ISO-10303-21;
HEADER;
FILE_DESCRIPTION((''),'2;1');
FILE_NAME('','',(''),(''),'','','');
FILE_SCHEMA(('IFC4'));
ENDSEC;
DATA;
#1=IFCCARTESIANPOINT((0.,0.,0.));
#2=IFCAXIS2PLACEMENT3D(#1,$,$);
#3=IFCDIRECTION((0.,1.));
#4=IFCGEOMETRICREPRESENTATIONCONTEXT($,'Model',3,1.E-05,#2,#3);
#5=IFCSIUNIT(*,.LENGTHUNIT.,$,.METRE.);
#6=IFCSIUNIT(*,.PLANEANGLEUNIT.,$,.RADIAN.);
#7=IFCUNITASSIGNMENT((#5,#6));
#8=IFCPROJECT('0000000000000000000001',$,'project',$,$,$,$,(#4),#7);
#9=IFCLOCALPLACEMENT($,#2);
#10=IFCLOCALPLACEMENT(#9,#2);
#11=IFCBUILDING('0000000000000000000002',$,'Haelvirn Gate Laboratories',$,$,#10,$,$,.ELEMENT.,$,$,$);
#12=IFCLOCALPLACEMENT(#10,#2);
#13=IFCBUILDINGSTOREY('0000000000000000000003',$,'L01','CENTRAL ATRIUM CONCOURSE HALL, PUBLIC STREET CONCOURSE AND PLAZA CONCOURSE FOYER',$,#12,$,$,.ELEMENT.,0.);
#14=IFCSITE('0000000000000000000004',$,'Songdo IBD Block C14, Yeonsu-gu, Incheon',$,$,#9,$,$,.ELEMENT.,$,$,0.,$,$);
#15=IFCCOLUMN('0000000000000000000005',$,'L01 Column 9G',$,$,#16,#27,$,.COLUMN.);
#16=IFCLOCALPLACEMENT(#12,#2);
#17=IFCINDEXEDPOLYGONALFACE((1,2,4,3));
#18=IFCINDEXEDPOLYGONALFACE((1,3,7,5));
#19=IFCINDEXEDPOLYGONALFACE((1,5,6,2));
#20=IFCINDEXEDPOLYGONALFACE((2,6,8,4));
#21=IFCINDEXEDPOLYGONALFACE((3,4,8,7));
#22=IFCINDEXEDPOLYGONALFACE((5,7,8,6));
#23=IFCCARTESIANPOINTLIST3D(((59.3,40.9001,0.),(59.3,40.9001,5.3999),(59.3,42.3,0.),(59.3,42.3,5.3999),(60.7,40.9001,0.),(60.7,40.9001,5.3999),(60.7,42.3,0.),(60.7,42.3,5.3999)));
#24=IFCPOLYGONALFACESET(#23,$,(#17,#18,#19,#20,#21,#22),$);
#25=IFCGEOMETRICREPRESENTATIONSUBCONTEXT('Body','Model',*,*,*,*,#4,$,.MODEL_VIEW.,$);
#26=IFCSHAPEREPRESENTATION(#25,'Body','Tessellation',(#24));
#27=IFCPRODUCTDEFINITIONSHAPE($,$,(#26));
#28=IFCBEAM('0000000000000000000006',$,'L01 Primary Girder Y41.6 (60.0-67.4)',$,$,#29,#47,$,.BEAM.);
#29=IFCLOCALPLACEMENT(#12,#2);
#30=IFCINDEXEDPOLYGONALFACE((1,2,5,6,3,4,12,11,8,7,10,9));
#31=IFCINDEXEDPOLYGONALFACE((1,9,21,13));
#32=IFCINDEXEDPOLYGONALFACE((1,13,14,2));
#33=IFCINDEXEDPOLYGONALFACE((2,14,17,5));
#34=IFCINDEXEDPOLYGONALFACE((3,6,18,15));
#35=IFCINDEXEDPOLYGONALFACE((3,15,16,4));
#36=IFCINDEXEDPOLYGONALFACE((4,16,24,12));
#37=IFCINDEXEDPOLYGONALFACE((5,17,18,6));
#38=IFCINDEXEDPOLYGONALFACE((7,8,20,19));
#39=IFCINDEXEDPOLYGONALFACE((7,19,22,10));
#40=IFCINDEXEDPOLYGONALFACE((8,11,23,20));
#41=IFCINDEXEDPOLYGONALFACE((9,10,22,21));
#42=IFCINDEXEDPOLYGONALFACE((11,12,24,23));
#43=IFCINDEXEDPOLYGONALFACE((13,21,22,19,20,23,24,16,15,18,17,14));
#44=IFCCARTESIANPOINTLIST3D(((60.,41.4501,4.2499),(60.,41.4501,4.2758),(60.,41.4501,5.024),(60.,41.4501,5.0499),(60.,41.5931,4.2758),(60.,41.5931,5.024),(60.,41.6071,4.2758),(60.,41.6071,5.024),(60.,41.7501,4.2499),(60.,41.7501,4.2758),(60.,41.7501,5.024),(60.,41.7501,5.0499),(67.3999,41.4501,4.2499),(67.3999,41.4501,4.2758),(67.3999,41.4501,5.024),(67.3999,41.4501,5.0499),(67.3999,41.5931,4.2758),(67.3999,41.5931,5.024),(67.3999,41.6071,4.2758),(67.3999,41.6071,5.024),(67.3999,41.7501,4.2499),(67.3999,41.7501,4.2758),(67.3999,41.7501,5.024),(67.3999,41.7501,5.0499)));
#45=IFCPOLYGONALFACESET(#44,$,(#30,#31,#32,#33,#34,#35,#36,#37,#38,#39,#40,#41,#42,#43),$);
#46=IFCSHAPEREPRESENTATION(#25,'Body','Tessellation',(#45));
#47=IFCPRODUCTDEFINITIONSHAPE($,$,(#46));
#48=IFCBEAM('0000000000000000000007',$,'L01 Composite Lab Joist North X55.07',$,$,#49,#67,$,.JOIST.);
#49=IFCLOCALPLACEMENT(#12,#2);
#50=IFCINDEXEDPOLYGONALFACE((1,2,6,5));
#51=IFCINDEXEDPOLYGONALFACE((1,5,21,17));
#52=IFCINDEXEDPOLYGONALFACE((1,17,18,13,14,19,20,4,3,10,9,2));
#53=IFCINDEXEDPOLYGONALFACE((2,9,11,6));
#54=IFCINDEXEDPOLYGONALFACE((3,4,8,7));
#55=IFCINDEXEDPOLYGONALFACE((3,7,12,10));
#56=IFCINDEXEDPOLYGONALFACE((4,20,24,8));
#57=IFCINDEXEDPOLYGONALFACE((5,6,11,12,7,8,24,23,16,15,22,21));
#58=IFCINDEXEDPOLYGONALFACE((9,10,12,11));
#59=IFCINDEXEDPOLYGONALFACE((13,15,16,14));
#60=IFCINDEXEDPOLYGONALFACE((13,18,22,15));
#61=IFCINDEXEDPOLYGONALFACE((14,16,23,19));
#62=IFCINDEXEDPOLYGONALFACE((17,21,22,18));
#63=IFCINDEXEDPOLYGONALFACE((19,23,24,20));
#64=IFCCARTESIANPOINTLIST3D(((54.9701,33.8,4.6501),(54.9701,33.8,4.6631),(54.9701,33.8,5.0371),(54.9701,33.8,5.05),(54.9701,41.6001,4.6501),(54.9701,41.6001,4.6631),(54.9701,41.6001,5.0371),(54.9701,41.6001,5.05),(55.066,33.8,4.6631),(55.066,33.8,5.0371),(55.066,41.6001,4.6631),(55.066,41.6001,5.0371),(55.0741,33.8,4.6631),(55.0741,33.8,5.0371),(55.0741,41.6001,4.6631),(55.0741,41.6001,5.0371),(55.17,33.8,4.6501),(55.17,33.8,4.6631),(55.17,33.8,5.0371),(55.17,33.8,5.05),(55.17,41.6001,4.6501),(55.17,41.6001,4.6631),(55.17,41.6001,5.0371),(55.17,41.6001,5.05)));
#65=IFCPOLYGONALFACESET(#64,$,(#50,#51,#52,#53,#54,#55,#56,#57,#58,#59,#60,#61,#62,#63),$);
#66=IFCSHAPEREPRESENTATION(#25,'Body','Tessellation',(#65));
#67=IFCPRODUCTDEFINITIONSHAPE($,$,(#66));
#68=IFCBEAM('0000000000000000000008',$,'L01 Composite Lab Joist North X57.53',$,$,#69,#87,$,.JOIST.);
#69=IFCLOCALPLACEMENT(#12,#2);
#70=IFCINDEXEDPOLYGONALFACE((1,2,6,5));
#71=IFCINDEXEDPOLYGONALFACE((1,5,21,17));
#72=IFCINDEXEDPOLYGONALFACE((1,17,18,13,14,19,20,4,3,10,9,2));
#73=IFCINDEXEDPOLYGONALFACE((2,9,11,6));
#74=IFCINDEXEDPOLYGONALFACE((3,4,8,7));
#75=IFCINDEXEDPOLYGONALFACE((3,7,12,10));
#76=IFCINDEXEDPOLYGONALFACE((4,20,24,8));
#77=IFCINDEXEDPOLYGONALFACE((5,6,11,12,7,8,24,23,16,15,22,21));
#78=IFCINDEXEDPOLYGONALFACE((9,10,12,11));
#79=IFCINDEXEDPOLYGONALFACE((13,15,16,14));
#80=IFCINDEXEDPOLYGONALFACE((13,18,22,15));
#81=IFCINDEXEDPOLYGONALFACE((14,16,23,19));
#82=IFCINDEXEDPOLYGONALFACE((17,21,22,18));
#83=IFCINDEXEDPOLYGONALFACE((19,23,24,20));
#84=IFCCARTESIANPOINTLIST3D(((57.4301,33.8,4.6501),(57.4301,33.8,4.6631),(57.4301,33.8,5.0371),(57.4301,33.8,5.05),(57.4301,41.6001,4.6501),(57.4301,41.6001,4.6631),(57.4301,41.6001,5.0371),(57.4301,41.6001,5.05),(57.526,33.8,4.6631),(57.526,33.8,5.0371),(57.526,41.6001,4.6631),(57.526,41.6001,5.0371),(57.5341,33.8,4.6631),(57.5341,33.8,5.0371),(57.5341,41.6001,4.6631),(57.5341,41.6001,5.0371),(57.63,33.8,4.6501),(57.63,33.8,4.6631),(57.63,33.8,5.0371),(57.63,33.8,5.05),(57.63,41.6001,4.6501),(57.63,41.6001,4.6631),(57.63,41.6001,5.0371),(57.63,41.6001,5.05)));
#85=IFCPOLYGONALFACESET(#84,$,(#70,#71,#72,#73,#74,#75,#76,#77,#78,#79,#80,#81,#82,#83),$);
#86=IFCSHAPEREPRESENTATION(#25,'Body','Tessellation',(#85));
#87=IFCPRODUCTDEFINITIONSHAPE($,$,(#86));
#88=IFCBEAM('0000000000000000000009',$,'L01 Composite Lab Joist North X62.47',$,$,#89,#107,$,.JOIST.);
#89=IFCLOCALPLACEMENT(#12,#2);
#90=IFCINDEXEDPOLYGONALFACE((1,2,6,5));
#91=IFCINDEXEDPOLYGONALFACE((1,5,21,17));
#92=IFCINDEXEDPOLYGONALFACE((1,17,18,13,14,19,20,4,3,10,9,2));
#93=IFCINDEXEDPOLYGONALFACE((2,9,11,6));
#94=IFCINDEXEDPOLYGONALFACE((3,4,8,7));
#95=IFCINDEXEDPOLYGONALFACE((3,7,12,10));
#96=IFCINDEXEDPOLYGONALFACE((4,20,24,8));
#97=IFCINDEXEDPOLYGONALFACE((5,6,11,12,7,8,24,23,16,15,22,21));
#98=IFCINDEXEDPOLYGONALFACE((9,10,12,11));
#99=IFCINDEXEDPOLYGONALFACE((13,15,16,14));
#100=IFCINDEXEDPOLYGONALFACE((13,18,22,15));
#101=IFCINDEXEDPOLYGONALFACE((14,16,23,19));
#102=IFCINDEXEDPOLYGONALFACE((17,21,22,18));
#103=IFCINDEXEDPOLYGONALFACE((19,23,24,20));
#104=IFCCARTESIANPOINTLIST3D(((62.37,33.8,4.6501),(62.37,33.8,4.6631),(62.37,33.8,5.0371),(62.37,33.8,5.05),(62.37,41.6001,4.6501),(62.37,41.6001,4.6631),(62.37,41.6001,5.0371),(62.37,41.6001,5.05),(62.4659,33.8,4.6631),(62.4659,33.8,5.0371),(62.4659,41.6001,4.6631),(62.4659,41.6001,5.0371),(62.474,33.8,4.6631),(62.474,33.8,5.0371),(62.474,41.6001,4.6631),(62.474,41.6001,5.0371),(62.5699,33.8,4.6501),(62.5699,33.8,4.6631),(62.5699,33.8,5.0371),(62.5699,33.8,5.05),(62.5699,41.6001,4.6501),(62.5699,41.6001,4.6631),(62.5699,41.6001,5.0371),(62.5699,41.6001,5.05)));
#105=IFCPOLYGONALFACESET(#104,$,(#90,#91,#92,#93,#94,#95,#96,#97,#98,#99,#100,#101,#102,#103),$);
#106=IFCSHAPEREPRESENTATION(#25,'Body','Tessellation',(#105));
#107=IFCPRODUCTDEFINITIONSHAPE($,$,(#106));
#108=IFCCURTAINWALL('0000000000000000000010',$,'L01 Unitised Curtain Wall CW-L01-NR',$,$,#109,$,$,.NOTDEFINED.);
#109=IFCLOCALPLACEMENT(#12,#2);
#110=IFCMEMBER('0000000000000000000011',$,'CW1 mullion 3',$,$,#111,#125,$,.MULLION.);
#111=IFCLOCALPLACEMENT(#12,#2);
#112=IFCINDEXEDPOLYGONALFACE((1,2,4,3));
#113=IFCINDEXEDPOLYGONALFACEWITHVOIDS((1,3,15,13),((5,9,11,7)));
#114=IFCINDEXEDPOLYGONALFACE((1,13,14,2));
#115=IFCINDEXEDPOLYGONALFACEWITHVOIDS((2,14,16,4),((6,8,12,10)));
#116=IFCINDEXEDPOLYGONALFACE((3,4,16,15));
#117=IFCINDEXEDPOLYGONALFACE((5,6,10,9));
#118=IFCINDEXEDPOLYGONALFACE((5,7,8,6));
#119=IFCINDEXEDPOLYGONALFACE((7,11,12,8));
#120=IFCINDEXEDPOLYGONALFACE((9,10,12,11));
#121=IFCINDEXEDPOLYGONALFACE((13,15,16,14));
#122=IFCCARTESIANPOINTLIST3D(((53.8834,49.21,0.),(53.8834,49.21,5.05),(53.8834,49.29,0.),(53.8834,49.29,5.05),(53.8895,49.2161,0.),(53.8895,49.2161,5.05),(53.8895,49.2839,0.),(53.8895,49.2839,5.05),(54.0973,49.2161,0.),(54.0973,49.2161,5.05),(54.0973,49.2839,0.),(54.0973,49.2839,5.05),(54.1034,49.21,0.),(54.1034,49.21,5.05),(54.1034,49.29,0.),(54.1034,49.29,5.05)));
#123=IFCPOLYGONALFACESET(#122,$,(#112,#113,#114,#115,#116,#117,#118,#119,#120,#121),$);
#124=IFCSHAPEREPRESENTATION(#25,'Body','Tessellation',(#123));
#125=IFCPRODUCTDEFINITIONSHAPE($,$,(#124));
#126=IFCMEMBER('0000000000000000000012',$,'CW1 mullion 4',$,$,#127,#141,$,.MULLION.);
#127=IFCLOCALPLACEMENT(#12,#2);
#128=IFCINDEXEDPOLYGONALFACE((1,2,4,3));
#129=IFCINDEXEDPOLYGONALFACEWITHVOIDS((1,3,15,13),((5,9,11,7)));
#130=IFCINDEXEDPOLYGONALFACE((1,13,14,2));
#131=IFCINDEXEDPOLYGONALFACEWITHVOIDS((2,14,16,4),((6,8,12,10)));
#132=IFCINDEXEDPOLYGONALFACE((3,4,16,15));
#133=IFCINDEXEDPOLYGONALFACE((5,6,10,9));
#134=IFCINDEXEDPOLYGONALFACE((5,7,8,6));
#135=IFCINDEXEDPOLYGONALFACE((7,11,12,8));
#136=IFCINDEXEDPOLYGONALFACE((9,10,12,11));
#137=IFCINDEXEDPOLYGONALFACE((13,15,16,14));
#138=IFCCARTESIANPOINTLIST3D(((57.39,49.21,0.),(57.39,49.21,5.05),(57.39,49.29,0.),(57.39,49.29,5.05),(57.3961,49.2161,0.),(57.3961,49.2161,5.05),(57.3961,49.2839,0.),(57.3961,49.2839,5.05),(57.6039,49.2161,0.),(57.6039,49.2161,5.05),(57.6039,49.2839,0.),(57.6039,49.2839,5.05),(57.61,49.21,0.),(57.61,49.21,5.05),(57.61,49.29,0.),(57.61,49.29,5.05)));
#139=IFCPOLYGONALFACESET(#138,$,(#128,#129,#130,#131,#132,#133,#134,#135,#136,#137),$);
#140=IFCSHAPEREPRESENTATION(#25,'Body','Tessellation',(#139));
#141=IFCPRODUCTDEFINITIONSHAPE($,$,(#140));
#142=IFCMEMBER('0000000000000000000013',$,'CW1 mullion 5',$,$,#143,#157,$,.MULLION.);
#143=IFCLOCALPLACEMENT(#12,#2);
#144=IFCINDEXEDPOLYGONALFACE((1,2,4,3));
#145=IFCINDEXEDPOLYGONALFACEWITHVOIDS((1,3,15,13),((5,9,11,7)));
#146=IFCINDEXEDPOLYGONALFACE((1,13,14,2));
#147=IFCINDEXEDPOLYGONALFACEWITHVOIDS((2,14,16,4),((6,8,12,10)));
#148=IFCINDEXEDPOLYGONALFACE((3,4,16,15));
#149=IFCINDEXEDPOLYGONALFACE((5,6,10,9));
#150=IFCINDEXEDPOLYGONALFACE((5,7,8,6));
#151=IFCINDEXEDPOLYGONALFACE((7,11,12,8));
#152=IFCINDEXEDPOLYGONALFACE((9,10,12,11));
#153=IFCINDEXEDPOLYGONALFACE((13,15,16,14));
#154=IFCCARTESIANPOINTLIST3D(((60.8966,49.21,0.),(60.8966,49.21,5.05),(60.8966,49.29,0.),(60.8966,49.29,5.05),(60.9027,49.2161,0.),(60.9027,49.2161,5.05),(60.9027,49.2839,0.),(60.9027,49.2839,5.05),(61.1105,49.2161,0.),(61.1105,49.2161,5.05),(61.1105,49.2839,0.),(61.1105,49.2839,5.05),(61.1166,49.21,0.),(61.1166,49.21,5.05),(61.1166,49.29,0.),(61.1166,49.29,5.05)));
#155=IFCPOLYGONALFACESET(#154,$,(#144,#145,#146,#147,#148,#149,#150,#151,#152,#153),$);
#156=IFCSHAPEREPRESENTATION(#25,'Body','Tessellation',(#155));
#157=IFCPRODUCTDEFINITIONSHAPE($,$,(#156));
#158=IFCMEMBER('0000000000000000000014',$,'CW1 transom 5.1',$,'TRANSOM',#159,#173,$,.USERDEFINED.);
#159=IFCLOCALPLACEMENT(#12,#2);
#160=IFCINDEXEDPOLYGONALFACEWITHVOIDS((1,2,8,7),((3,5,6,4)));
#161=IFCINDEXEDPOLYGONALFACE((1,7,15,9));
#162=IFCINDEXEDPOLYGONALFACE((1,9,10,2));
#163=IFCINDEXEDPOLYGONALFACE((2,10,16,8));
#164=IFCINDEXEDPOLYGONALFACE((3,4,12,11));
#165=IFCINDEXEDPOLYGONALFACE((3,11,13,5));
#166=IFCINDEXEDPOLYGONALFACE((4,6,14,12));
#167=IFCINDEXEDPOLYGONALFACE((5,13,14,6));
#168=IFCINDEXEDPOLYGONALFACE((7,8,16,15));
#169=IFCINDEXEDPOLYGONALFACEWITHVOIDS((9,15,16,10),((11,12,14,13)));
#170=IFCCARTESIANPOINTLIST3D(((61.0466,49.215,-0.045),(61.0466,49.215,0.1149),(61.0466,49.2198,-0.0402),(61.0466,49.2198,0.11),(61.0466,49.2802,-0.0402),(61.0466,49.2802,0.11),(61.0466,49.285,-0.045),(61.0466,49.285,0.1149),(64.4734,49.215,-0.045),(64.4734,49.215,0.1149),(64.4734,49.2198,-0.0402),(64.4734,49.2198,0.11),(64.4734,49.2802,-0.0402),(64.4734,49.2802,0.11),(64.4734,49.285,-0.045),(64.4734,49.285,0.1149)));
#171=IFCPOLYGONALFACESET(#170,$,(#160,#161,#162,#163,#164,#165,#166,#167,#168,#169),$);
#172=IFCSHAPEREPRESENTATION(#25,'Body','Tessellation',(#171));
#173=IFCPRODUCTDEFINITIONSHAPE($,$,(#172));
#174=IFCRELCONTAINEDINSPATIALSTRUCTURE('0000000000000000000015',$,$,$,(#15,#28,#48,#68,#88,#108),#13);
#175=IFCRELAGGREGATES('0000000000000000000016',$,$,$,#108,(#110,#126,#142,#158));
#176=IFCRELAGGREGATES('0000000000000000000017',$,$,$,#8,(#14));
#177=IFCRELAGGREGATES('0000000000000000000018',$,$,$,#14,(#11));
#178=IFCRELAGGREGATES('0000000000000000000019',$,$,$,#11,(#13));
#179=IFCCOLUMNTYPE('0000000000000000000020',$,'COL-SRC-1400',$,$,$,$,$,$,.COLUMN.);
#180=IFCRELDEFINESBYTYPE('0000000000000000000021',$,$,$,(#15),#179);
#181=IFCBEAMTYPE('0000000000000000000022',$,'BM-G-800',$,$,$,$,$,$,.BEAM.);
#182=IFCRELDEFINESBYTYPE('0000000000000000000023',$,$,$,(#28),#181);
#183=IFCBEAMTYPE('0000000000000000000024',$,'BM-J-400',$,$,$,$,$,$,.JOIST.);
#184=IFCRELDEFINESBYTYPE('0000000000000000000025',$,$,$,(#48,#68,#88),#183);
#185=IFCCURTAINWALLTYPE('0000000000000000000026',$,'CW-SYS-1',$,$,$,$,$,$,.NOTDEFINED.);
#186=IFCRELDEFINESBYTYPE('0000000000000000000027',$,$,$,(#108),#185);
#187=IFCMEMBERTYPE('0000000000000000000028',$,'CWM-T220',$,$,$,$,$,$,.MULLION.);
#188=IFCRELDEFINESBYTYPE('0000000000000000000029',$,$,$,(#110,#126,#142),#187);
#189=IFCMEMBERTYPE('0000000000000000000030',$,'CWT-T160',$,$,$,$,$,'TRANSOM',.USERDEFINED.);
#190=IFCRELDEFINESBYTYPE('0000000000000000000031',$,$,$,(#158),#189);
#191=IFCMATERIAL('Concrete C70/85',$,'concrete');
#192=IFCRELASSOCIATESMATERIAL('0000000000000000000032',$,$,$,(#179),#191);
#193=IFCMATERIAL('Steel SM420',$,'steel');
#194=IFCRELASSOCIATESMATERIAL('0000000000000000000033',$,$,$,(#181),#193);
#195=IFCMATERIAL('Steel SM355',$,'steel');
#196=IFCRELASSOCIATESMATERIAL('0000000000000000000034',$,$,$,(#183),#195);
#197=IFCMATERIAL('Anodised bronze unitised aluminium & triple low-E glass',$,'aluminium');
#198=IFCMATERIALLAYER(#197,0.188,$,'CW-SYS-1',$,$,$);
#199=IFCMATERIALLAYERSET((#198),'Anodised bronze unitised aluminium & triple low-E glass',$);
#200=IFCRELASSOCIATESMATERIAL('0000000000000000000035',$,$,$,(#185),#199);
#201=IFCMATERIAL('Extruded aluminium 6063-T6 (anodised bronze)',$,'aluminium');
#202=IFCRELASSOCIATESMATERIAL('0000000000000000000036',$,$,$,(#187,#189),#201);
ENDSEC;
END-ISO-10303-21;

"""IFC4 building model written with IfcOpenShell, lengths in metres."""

from ifc_helpers import new_model, si_unit, direction, frame, origin, origin_2d, place, context, subcontext, project, spatial, rectangle, hollow_rectangle, i_section, extrude, source, transform, mapped, material, layer, layer_set, material_profile, profile_set, type_object, type_shapes, element, aggregate, save


model = new_model("IFC4")

# Units and contexts
model_context = context("Model", 3, precision=1e-05, world=origin(), true_north=direction((0.0, 1.0)))
body_context = subcontext(model_context, "Body", "Model", "MODEL_VIEW")
ifc_project = project(units=[si_unit("LENGTHUNIT", "METRE"), si_unit("PLANEANGLEUNIT", "RADIAN")], contexts=[model_context])

# Site, building, storey
site_placement = place(None, origin())
site = spatial("IfcSite", under=ifc_project, at=site_placement, Name="Songdo IBD Block C14, Yeonsu-gu, Incheon", CompositionType="ELEMENT", RefElevation=0.0)
building_placement = place(site_placement, origin())
building = spatial("IfcBuilding", under=site, at=building_placement, Name="Haelvirn Gate Laboratories", CompositionType="ELEMENT")
storey_placement = place(building_placement, origin())
storey = spatial("IfcBuildingStorey", under=building, at=storey_placement, Name="L01", Description="CENTRAL ATRIUM CONCOURSE HALL, PUBLIC STREET CONCOURSE AND PLAZA CONCOURSE FOYER", CompositionType="ELEMENT", Elevation=0.0)

# Column
ifc_material_1 = material(Name="Concrete C70/85", Category="concrete")
ifc_material_profile_1 = material_profile(ifc_material_1, rectangle(XDim=1.3999, YDim=1.3999, at=origin_2d()), Name="SRC-1400x1400")
ifc_profile_set_1 = profile_set([ifc_material_profile_1], Name="Concrete C70/85")
column_type = type_object("IfcColumnType", Name="COL-SRC-1400", PredefinedType="COLUMN", material=ifc_profile_set_1)
shared_shape_1 = source(origin(), body_context, "Body", "SweptSolid", [
    extrude(rectangle(XDim=1.3999, YDim=1.3999, at=origin_2d()), origin(), (0.0, 0.0, 1.0), 5.3999),
])
type_shapes(column_type, [shared_shape_1])
column_placement = place(storey_placement, frame((60.0, 41.6001, 0.0), z_axis=(0.0, 0.0, 1.0), x_axis=(1.0, 0.0, 0.0)))
element("IfcColumn", 1, at=column_placement, inside=storey, type_object=column_type, Name="L01 Column 9G", PredefinedType="COLUMN", context=body_context, shape_type="MappedRepresentation", body=[
    mapped(shared_shape_1, transform((0.0, 0.0, 0.0), scale=1.0)),
])

# Beams
ifc_material_2 = material(Name="Steel SM420", Category="steel")
ifc_material_profile_2 = material_profile(ifc_material_2, i_section(OverallWidth=0.3, OverallDepth=0.8, WebThickness=0.0139, FlangeThickness=0.0259, at=origin_2d()), Name="H-800x300x14x26")
ifc_profile_set_2 = profile_set([ifc_material_profile_2], Name="Steel SM420")
beam_type_1 = type_object("IfcBeamType", Name="BM-G-800", PredefinedType="BEAM", material=ifc_profile_set_2)
shared_shape_2 = source(origin(), body_context, "Body", "SweptSolid", [
    extrude(i_section(OverallWidth=0.3, OverallDepth=0.8, WebThickness=0.0139, FlangeThickness=0.0259, at=origin_2d()), origin(), (0.0, 0.0, 1.0), 7.3999),
])
type_shapes(beam_type_1, [shared_shape_2])
beam_placement = place(storey_placement, frame((60.0, 41.6001, 4.6499), z_axis=(1.0, 0.0, 0.0), x_axis=(0.0, 1.0, 0.0)))
element("IfcBeam", 2, at=beam_placement, inside=storey, type_object=beam_type_1, Name="L01 Primary Girder Y41.6 (60.0-67.4)", PredefinedType="BEAM", context=body_context, shape_type="MappedRepresentation", body=[
    mapped(shared_shape_2, transform((0.0, 0.0, 0.0), scale=1.0)),
])
ifc_material_3 = material(Name="Steel SM355", Category="steel")
ifc_material_profile_3 = material_profile(ifc_material_3, i_section(OverallWidth=0.2, OverallDepth=0.3999, WebThickness=0.0081, FlangeThickness=0.0129, at=origin_2d()), Name="H-400x200x8x13")
ifc_profile_set_3 = profile_set([ifc_material_profile_3], Name="Steel SM355")
beam_type_2 = type_object("IfcBeamType", Name="BM-J-400", PredefinedType="JOIST", material=ifc_profile_set_3)
shared_shape_3 = source(origin(), body_context, "Body", "SweptSolid", [
    extrude(i_section(OverallWidth=0.2, OverallDepth=0.3999, WebThickness=0.0081, FlangeThickness=0.0129, at=origin_2d()), origin(), (0.0, 0.0, 1.0), 7.8),
])
type_shapes(beam_type_2, [shared_shape_3])
for number, where, z_axis, x_axis, name in (
    (3, (55.0701, 33.8, 4.8501), (0.0, 1.0, 0.0), (-1.0, 0.0, 0.0), "L01 Composite Lab Joist North X55.07"),
    (4, (57.53, 33.8, 4.8501), (0.0, 1.0, 0.0), (-1.0, 0.0, 0.0), "L01 Composite Lab Joist North X57.53"),
    (5, (62.47, 33.8, 4.8501), (0.0, 1.0, 0.0), (-1.0, 0.0, 0.0), "L01 Composite Lab Joist North X62.47"),
):
    element("IfcBeam", number, at=place(storey_placement, frame(where, z_axis=z_axis, x_axis=x_axis)), inside=storey, type_object=beam_type_2, Name=name, PredefinedType="JOIST", context=body_context, shape_type="MappedRepresentation", body=[
        mapped(shared_shape_3, transform((0.0, 0.0, 0.0), scale=1.0)),
    ])

# Curtain wall, members
ifc_material_4 = material(Name="Anodised bronze unitised aluminium & triple low-E glass", Category="aluminium")
ifc_layer_1 = layer(ifc_material_4, 0.188, Name="CW-SYS-1")
ifc_layer_set_1 = layer_set([ifc_layer_1], Name="Anodised bronze unitised aluminium & triple low-E glass")
curtain_wall_type = type_object("IfcCurtainWallType", Name="CW-SYS-1", PredefinedType="NOTDEFINED", material=ifc_layer_set_1)
curtain_wall_placement = place(storey_placement, origin())
curtain_wall = element("IfcCurtainWall", 6, at=curtain_wall_placement, inside=storey, type_object=curtain_wall_type, Name="L01 Unitised Curtain Wall CW-L01-NR", PredefinedType="NOTDEFINED")
ifc_material_5 = material(Name="Extruded aluminium 6063-T6 (anodised bronze)", Category="aluminium")
ifc_material_profile_4 = material_profile(ifc_material_5, hollow_rectangle(XDim=0.0801, YDim=0.22, WallThickness=0.0061, at=origin_2d()), Name="CWM-220x80x6")
ifc_profile_set_4 = profile_set([ifc_material_profile_4], Name="Extruded aluminium 6063-T6 (anodised bronze)")
member_type_1 = type_object("IfcMemberType", Name="CWM-T220", PredefinedType="MULLION", material=ifc_profile_set_4)
shared_shape_4 = source(origin(), body_context, "Body", "SweptSolid", [
    extrude(hollow_rectangle(XDim=0.0801, YDim=0.22, WallThickness=0.0061, at=origin_2d()), origin(), (0.0, 0.0, 1.0), 5.05),
])
type_shapes(member_type_1, [shared_shape_4])
member_1_placement = place(storey_placement, frame((53.9934, 49.25, 0.0), z_axis=(0.0, 0.0, 1.0), x_axis=(0.0, 1.0, 0.0)))
member_1 = element("IfcMember", 7, at=member_1_placement, type_object=member_type_1, Name="CW1 mullion 3", PredefinedType="MULLION", context=body_context, shape_type="MappedRepresentation", body=[
    mapped(shared_shape_4, transform((0.0, 0.0, 0.0), scale=1.0)),
])
member_2_placement = place(storey_placement, frame((57.5, 49.25, 0.0), z_axis=(0.0, 0.0, 1.0), x_axis=(0.0, 1.0, 0.0)))
member_2 = element("IfcMember", 8, at=member_2_placement, type_object=member_type_1, Name="CW1 mullion 4", PredefinedType="MULLION", context=body_context, shape_type="MappedRepresentation", body=[
    mapped(shared_shape_4, transform((0.0, 0.0, 0.0), scale=1.0)),
])
member_3_placement = place(storey_placement, frame((61.0066, 49.25, 0.0), z_axis=(0.0, 0.0, 1.0), x_axis=(0.0, 1.0, 0.0)))
member_3 = element("IfcMember", 9, at=member_3_placement, type_object=member_type_1, Name="CW1 mullion 5", PredefinedType="MULLION", context=body_context, shape_type="MappedRepresentation", body=[
    mapped(shared_shape_4, transform((0.0, 0.0, 0.0), scale=1.0)),
])
ifc_material_profile_5 = material_profile(ifc_material_5, hollow_rectangle(XDim=0.0701, YDim=0.1599, WallThickness=0.0049, at=origin_2d()), Name="CWT-160x70x5")
ifc_profile_set_5 = profile_set([ifc_material_profile_5], Name="Extruded aluminium 6063-T6 (anodised bronze)")
member_type_2 = type_object("IfcMemberType", Name="CWT-T160", ElementType="TRANSOM", PredefinedType="USERDEFINED", material=ifc_profile_set_5)
shared_shape_5 = source(origin(), body_context, "Body", "SweptSolid", [
    extrude(hollow_rectangle(XDim=0.0701, YDim=0.1599, WallThickness=0.0049, at=origin_2d()), origin(), (0.0, 0.0, 1.0), 3.4268),
])
member_4_placement = place(storey_placement, frame((61.0466, 49.25, 0.0349), z_axis=(1.0, 0.0, 0.0), x_axis=(0.0, 1.0, 0.0)))
member_4 = element("IfcMember", 10, at=member_4_placement, type_object=member_type_2, Name="CW1 transom 5.1", ObjectType="TRANSOM", PredefinedType="USERDEFINED", context=body_context, shape_type="MappedRepresentation", body=[
    mapped(shared_shape_5, transform((0.0, 0.0, 0.0), scale=1.0)),
])
aggregate(curtain_wall, [member_1, member_2, member_3, member_4])

save(model, "model.ifc")
